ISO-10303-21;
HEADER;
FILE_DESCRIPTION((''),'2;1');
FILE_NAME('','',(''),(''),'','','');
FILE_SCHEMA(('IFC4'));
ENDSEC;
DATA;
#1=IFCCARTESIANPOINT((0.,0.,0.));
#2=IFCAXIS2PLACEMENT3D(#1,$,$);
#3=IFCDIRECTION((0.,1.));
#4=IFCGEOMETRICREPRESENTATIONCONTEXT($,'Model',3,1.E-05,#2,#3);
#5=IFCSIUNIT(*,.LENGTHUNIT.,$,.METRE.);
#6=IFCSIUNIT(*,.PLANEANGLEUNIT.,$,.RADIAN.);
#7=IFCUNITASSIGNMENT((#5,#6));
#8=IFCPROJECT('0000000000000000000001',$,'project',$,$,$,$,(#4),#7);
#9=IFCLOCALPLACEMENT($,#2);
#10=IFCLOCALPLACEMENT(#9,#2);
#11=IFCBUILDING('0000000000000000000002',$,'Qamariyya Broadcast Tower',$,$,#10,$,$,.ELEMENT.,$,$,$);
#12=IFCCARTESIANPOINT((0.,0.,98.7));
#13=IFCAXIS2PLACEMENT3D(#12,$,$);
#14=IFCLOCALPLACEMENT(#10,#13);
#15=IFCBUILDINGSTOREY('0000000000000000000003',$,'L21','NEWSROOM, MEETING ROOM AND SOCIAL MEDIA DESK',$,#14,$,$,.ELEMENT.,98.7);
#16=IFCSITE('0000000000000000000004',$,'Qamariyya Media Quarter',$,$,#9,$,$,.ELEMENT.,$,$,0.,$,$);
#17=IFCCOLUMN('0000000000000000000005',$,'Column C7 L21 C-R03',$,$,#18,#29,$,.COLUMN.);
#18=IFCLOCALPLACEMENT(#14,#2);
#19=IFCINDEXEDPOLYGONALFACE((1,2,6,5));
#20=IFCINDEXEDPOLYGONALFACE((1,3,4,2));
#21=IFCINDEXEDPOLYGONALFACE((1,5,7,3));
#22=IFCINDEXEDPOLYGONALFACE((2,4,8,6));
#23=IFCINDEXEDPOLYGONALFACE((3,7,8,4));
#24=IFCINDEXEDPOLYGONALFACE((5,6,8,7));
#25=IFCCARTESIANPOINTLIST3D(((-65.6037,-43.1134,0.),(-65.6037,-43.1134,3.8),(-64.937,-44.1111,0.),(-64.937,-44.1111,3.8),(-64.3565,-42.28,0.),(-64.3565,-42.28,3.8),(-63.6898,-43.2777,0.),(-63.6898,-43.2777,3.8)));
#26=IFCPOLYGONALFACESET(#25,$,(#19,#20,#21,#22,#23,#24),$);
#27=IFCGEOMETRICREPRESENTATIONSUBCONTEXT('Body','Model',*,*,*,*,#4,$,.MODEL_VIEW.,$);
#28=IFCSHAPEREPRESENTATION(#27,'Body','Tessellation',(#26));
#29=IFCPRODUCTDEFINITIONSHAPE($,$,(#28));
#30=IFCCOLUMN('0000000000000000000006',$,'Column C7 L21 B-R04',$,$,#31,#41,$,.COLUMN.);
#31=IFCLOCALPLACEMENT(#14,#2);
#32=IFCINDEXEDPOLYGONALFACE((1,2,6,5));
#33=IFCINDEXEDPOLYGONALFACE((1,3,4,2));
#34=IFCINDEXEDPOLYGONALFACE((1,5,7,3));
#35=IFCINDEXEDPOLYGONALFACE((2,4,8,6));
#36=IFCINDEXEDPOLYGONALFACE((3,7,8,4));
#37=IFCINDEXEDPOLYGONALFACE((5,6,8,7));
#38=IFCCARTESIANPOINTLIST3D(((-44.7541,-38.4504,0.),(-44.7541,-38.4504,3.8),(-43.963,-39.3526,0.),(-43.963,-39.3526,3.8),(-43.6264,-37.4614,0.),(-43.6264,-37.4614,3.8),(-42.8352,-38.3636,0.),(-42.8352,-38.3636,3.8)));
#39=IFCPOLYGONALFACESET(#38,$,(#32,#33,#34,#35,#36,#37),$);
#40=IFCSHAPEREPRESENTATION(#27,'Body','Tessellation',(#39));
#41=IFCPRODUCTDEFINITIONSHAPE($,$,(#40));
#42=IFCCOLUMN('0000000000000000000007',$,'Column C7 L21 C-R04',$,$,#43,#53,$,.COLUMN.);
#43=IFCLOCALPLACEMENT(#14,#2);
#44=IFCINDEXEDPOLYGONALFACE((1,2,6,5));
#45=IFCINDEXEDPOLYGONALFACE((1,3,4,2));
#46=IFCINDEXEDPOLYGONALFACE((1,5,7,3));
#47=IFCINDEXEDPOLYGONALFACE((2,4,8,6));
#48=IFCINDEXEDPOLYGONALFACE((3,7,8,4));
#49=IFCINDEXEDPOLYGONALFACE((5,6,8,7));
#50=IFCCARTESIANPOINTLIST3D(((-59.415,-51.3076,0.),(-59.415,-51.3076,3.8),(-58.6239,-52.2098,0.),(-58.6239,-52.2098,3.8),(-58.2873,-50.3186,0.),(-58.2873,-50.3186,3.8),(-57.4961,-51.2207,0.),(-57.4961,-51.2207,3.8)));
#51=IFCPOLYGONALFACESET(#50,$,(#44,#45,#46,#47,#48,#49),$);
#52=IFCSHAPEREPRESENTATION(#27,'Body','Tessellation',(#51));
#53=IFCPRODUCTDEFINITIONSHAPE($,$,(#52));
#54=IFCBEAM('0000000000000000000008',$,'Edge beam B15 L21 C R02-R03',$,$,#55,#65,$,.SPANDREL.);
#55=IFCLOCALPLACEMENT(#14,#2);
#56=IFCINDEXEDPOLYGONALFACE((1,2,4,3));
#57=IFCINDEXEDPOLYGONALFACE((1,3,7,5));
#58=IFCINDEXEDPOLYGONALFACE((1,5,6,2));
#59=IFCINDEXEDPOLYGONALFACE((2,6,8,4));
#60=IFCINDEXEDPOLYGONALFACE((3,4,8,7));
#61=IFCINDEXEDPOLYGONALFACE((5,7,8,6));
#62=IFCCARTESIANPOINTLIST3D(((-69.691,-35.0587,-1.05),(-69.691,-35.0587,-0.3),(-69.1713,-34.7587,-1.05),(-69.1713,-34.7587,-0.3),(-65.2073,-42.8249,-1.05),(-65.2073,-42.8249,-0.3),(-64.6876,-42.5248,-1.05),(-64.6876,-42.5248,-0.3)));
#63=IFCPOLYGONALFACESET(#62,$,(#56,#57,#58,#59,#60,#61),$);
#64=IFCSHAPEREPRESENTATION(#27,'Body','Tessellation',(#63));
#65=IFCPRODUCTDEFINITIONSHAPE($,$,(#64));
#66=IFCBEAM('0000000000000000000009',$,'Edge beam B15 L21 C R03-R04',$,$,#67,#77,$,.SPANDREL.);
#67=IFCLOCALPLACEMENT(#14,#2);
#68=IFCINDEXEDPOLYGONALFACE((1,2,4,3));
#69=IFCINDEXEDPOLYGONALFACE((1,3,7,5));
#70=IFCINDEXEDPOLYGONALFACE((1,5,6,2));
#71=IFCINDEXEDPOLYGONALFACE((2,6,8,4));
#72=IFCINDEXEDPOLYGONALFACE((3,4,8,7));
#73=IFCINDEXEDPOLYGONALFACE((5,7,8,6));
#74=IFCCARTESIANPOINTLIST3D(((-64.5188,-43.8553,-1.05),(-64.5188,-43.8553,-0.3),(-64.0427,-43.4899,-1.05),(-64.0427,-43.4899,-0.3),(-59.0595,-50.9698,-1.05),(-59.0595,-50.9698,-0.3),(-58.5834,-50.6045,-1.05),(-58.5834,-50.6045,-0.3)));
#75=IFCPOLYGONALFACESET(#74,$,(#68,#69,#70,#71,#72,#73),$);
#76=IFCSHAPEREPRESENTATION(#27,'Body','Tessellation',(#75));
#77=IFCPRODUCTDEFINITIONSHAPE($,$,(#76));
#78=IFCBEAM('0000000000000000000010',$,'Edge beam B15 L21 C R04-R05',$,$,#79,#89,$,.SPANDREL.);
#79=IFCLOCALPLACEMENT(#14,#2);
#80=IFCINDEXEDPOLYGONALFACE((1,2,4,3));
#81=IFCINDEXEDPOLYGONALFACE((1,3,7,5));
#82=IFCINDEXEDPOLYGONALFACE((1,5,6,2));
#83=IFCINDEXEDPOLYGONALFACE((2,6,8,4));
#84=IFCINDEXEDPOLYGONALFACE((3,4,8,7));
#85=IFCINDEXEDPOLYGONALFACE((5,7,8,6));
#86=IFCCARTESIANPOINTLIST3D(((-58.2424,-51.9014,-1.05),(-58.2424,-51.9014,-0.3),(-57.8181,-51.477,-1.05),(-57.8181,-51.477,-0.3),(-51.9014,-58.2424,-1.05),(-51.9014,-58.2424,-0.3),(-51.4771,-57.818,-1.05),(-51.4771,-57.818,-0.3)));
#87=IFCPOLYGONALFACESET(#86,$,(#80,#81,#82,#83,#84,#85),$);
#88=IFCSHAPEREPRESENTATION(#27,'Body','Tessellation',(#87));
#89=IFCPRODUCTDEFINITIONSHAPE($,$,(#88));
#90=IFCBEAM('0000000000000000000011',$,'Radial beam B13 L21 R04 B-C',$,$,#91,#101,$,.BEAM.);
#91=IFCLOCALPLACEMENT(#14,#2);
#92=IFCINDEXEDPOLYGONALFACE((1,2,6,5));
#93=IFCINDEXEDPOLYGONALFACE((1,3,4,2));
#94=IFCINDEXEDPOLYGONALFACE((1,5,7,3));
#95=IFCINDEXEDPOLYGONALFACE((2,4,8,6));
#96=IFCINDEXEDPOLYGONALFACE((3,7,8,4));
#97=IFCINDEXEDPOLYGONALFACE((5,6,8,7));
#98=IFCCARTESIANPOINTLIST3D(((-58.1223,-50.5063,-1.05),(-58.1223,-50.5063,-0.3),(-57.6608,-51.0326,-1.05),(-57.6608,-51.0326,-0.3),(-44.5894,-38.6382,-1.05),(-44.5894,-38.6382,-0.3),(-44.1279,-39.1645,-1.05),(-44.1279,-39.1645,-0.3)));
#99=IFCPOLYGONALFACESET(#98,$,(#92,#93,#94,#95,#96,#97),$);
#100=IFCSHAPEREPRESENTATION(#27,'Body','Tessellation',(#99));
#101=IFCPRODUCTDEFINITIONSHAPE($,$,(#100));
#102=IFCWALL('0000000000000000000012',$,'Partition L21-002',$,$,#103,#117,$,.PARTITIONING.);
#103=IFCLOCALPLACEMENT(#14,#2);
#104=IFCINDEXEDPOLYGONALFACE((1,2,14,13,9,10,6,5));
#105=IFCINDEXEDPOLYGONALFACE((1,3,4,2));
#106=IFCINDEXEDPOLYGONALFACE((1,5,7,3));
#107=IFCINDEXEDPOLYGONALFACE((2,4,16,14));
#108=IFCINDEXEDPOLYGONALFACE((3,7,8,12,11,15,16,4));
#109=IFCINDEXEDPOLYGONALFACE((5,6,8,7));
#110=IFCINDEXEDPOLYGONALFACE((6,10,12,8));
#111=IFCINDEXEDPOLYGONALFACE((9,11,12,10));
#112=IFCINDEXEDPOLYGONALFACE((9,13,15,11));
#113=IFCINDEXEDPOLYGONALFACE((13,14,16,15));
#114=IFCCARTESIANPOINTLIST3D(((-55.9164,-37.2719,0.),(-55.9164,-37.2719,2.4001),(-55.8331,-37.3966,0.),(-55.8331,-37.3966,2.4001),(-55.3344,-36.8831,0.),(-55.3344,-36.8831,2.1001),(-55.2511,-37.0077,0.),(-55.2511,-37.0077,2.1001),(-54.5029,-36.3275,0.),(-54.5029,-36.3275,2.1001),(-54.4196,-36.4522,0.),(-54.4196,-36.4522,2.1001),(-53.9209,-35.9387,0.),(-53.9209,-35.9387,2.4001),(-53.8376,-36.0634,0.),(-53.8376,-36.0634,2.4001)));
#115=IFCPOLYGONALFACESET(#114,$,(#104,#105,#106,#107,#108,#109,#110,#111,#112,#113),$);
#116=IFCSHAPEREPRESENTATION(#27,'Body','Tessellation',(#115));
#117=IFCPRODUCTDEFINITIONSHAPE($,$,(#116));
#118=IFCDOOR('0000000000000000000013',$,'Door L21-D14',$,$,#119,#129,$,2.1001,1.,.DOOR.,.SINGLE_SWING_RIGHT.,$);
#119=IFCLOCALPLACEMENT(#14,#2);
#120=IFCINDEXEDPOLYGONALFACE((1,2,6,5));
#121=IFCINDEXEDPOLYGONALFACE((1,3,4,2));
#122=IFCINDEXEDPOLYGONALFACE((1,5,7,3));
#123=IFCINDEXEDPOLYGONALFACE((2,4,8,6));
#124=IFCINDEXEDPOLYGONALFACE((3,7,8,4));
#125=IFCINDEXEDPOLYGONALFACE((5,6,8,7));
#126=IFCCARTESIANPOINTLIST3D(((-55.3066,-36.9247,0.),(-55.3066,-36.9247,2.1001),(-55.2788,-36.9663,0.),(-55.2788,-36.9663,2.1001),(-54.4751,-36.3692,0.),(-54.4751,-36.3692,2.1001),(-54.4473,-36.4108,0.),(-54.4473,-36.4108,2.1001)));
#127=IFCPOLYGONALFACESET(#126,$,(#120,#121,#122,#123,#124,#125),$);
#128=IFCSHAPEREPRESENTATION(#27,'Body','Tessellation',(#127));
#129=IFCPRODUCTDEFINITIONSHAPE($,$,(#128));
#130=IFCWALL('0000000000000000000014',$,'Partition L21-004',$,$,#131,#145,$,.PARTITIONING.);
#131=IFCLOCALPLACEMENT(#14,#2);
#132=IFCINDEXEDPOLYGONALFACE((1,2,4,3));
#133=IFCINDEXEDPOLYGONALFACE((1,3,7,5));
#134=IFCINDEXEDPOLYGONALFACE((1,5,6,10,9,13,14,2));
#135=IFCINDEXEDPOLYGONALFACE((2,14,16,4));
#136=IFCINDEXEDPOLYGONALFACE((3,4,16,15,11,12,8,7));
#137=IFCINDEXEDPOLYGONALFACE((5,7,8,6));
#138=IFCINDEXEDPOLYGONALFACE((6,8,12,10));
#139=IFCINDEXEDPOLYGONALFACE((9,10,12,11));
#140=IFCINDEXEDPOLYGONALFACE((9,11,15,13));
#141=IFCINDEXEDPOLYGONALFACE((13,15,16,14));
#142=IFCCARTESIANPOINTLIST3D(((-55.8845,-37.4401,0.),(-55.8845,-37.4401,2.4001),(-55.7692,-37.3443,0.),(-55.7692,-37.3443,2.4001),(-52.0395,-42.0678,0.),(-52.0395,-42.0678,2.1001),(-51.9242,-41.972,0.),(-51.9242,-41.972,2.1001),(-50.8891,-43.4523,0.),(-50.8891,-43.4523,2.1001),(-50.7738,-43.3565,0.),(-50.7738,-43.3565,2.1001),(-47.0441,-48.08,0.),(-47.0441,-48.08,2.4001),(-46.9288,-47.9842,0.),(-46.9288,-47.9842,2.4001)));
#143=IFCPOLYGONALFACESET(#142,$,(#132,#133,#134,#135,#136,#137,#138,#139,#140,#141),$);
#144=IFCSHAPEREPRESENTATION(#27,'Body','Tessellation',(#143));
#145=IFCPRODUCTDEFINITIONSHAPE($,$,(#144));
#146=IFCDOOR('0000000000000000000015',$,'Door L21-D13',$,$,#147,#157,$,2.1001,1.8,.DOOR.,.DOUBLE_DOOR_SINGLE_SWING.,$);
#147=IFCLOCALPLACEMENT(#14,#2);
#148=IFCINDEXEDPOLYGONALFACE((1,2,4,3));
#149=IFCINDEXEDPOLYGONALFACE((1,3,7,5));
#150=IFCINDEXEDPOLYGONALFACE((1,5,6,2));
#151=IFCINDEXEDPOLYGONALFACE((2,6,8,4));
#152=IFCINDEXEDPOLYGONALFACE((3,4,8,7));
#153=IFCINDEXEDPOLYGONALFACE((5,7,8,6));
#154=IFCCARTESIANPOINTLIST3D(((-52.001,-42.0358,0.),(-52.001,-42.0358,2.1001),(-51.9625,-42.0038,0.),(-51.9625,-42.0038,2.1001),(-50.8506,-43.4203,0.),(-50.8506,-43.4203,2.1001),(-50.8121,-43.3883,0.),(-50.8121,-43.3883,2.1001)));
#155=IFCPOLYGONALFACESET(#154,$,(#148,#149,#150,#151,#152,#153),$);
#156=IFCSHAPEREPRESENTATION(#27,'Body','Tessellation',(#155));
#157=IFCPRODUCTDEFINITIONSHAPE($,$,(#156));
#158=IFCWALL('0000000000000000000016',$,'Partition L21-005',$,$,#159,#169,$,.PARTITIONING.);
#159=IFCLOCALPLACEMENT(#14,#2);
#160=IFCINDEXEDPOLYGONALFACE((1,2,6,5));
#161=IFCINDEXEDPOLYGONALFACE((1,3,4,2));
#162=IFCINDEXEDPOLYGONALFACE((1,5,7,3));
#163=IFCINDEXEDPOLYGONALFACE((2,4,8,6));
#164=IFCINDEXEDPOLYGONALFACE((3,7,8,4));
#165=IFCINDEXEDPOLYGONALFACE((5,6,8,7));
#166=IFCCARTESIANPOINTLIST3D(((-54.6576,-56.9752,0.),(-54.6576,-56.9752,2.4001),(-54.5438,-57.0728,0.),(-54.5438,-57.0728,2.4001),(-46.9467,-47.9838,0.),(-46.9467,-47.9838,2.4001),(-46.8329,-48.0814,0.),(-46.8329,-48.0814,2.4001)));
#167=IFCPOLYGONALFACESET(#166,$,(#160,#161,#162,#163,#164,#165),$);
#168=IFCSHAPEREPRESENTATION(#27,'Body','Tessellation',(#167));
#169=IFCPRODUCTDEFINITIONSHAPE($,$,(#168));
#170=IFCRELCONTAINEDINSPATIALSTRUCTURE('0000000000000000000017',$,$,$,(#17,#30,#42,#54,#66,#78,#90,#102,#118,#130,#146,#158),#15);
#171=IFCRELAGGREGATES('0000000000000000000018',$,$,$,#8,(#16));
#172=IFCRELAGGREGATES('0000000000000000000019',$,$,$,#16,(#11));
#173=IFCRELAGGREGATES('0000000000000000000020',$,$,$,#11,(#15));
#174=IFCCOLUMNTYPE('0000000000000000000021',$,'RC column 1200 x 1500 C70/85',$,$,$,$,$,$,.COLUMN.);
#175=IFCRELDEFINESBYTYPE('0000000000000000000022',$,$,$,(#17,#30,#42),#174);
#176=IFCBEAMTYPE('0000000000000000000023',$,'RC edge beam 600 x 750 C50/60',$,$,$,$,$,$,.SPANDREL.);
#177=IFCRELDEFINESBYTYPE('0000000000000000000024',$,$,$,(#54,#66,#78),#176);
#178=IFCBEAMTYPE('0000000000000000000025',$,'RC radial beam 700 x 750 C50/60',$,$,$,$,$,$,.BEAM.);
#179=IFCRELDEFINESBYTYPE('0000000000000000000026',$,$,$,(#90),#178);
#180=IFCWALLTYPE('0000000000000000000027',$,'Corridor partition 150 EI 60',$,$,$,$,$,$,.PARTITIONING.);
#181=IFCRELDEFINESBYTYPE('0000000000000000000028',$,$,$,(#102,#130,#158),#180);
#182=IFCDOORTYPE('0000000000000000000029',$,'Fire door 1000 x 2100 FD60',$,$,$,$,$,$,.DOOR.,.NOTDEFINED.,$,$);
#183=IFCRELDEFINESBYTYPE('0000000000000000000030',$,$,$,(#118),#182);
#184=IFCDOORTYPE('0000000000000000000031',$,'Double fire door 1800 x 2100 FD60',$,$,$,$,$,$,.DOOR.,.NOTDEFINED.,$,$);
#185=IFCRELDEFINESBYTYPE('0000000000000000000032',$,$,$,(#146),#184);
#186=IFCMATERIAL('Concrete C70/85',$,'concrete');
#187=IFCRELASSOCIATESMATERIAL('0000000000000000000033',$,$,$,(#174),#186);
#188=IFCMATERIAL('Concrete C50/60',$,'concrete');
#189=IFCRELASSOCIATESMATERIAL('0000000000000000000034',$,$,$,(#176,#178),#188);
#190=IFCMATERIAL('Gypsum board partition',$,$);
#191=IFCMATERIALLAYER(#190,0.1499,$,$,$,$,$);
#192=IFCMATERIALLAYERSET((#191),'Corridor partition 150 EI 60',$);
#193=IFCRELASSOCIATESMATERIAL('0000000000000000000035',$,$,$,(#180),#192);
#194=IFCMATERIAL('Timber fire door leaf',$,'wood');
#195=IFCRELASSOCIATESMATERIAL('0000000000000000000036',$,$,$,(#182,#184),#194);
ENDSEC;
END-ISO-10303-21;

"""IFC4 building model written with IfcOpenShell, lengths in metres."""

from ifc_helpers import new_model, si_unit, direction, frame, frame_2d, origin, origin_2d, place, context, subcontext, project, spatial, rectangle, extrude, material, layer, layer_set, material_profile, profile_set, type_object, element, fill, save


model = new_model("IFC4")

# Units and contexts
model_context = context("Model", 3, precision=1e-05, world=origin(), true_north=direction((0.0, 1.0)))
body_context = subcontext(model_context, "Body", "Model", "MODEL_VIEW")
ifc_project = project(units=[si_unit("LENGTHUNIT", "METRE"), si_unit("PLANEANGLEUNIT", "RADIAN")], contexts=[model_context])

# Site, building, storey
site_placement = place(None, origin())
site = spatial("IfcSite", under=ifc_project, at=site_placement, Name="Qamariyya Media Quarter", CompositionType="ELEMENT", RefElevation=0.0)
building_placement = place(site_placement, origin())
building = spatial("IfcBuilding", under=site, at=building_placement, Name="Qamariyya Broadcast Tower", CompositionType="ELEMENT")
storey_placement = place(building_placement, frame((0.0, 0.0, 98.7)))
storey = spatial("IfcBuildingStorey", under=building, at=storey_placement, Name="L21", Description="NEWSROOM, MEETING ROOM AND SOCIAL MEDIA DESK", CompositionType="ELEMENT", Elevation=98.7)

# Columns
ifc_material_1 = material(Name="Concrete C70/85", Category="concrete")
ifc_material_profile_1 = material_profile(ifc_material_1, rectangle(XDim=1.2, YDim=1.5, at=origin_2d()))
ifc_profile_set_1 = profile_set([ifc_material_profile_1], Name="Concrete C70/85")
column_type = type_object("IfcColumnType", Name="RC column 1200 x 1500 C70/85", PredefinedType="COLUMN", material=ifc_profile_set_1)
for number, where, z_axis, x_axis, name in (
    (1, (-64.6467, -43.1956, 0.0), (0.0, 0.0, 1.0), (0.55557, -0.83147, 0.0), "Column C7 L21 C-R03"),
    (2, (-43.7947, -38.407, 0.0), (0.0, 0.0, 1.0), (0.659346, -0.75184, 0.0), "Column C7 L21 B-R04"),
    (3, (-58.4556, -51.2642, 0.0), (0.0, 0.0, 1.0), (0.659346, -0.75184, 0.0), "Column C7 L21 C-R04"),
):
    element("IfcColumn", number, at=place(storey_placement, frame(where, z_axis=z_axis, x_axis=x_axis)), inside=storey, type_object=column_type, Name=name, PredefinedType="COLUMN", context=body_context, shape_type="SweptSolid", body=[
        extrude(rectangle(XDim=1.2, YDim=1.5, at=origin_2d()), origin(), (0.0, 0.0, 1.0), 3.8),
    ])

# Beams
ifc_material_2 = material(Name="Concrete C50/60", Category="concrete")
ifc_material_profile_2 = material_profile(ifc_material_2, rectangle(XDim=0.6001, YDim=0.75, at=origin_2d()))
ifc_profile_set_2 = profile_set([ifc_material_profile_2], Name="Concrete C50/60")
beam_type_1 = type_object("IfcBeamType", Name="RC edge beam 600 x 750 C50/60", PredefinedType="SPANDREL", material=ifc_profile_set_2)
beam_1_placement = place(storey_placement, frame((-69.4312, -34.9087, -0.675), z_axis=(0.49999, -0.866031, 0.0), x_axis=(0.866031, 0.49999, 0.0)))
element("IfcBeam", 4, at=beam_1_placement, inside=storey, type_object=beam_type_1, Name="Edge beam B15 L21 C R02-R03", PredefinedType="SPANDREL", context=body_context, shape_type="SweptSolid", body=[
    extrude(rectangle(XDim=0.6001, YDim=0.75, at=origin_2d()), origin(), (0.0, 0.0, 1.0), 8.9675),
])
beam_2_placement = place(storey_placement, frame((-64.2808, -43.6726, -0.675), z_axis=(0.608767, -0.793349, 0.0), x_axis=(0.793349, 0.608767, 0.0)))
element("IfcBeam", 5, at=beam_2_placement, inside=storey, type_object=beam_type_1, Name="Edge beam B15 L21 C R03-R04", PredefinedType="SPANDREL", context=body_context, shape_type="SweptSolid", body=[
    extrude(rectangle(XDim=0.6001, YDim=0.75, at=origin_2d()), origin(), (0.0, 0.0, 1.0), 8.9678),
])
beam_3_placement = place(storey_placement, frame((-58.0303, -51.6892, -0.675), z_axis=(0.707107, -0.707107, 0.0), x_axis=(0.707107, 0.707107, 0.0)))
element("IfcBeam", 6, at=beam_3_placement, inside=storey, type_object=beam_type_1, Name="Edge beam B15 L21 C R04-R05", PredefinedType="SPANDREL", context=body_context, shape_type="SweptSolid", body=[
    extrude(rectangle(XDim=0.6001, YDim=0.75, at=origin_2d()), origin(), (0.0, 0.0, 1.0), 8.9675),
])
ifc_material_profile_3 = material_profile(ifc_material_2, rectangle(XDim=0.7, YDim=0.75, at=origin_2d()))
ifc_profile_set_3 = profile_set([ifc_material_profile_3], Name="Concrete C50/60")
beam_type_2 = type_object("IfcBeamType", Name="RC radial beam 700 x 750 C50/60", PredefinedType="BEAM", material=ifc_profile_set_3)
beam_4_placement = place(storey_placement, frame((-44.3586, -38.9014, -0.675), z_axis=(-0.751838, -0.659348, 0.0), x_axis=(0.659348, -0.751838, 0.0)))
element("IfcBeam", 7, at=beam_4_placement, inside=storey, type_object=beam_type_2, Name="Radial beam B13 L21 R04 B-C", PredefinedType="BEAM", context=body_context, shape_type="SweptSolid", body=[
    extrude(rectangle(XDim=0.7, YDim=0.75, at=origin_2d()), origin(), (0.0, 0.0, 1.0), 17.9998),
])

# Walls, openings, doors
ifc_material_3 = material(Name="Gypsum board partition")
ifc_layer_1 = layer(ifc_material_3, 0.1499)
ifc_layer_set_1 = layer_set([ifc_layer_1], Name="Corridor partition 150 EI 60")
wall_type_1 = type_object("IfcWallType", Name="Corridor partition 150 EI 60", PredefinedType="PARTITIONING", material=ifc_layer_set_1)
wall_1_placement = place(storey_placement, frame((-55.8748, -37.3342, 0.0), z_axis=(0.0, 0.0, 1.0), x_axis=(0.831502, 0.555522, 0.0)))
wall_1 = element("IfcWall", 8, at=wall_1_placement, inside=storey, type_object=wall_type_1, Name="Partition L21-002", PredefinedType="PARTITIONING", context=body_context, shape_type="SweptSolid", body=[
    extrude(rectangle(XDim=2.3999, YDim=0.1499, at=frame_2d((1.2, 0.0))), origin(), (0.0, 0.0, 1.0), 2.4001),
])
opening_1_placement = place(wall_1_placement, frame((0.7, 0.0, 0.0)))
opening_1 = element("IfcOpeningElement", 9, at=opening_1_placement, cuts=wall_1, PredefinedType="OPENING", context=body_context, shape_type="SweptSolid", body=[
    extrude(rectangle(XDim=1.0, YDim=2.1001, at=frame_2d((0.5, 1.05))), frame((0.0, 0.085, 0.0), z_axis=(0.0, -1.0, 0.0), x_axis=(1.0, 0.0, 0.0)), (0.0, 0.0, 1.0), 0.1699),
])
ifc_material_4 = material(Name="Timber fire door leaf", Category="wood")
door_type_1 = type_object("IfcDoorType", Name="Fire door 1000 x 2100 FD60", OperationType="NOTDEFINED", PredefinedType="DOOR", material=ifc_material_4)
door_1_placement = place(opening_1_placement, origin())
door_1 = element("IfcDoor", 10, at=door_1_placement, inside=storey, type_object=door_type_1, Name="Door L21-D14", OperationType="SINGLE_SWING_RIGHT", OverallHeight=2.1001, OverallWidth=1.0, PredefinedType="DOOR", context=body_context, shape_type="SweptSolid", body=[
    extrude(rectangle(XDim=1.0, YDim=2.1001, at=frame_2d((0.5, 1.05))), frame((0.0, 0.0249, 0.0), z_axis=(0.0, -1.0, 0.0), x_axis=(1.0, 0.0, 0.0)), (0.0, 0.0, 1.0), 0.05),
])
fill(opening_1, door_1)
wall_2_placement = place(storey_placement, frame((-46.9866, -48.032, 0.0), z_axis=(0.0, 0.0, 1.0), x_axis=(-0.639064, 0.769154, 0.0)))
wall_2 = element("IfcWall", 11, at=wall_2_placement, inside=storey, type_object=wall_type_1, Name="Partition L21-004", PredefinedType="PARTITIONING", context=body_context, shape_type="SweptSolid", body=[
    extrude(rectangle(XDim=13.8333, YDim=0.1499, at=frame_2d((6.9165, 0.0))), origin(), (0.0, 0.0, 1.0), 2.4001),
])
opening_2_placement = place(wall_2_placement, frame((6.0166, 0.0, 0.0)))
opening_2 = element("IfcOpeningElement", 12, at=opening_2_placement, cuts=wall_2, PredefinedType="OPENING", context=body_context, shape_type="SweptSolid", body=[
    extrude(rectangle(XDim=1.8, YDim=2.1001, at=frame_2d((0.8999, 1.05))), frame((0.0, 0.085, 0.0), z_axis=(0.0, -1.0, 0.0), x_axis=(1.0, 0.0, 0.0)), (0.0, 0.0, 1.0), 0.1699),
])
door_type_2 = type_object("IfcDoorType", Name="Double fire door 1800 x 2100 FD60", OperationType="NOTDEFINED", PredefinedType="DOOR", material=ifc_material_4)
door_2_placement = place(opening_2_placement, origin())
door_2 = element("IfcDoor", 13, at=door_2_placement, inside=storey, type_object=door_type_2, Name="Door L21-D13", OperationType="DOUBLE_DOOR_SINGLE_SWING", OverallHeight=2.1001, OverallWidth=1.8, PredefinedType="DOOR", context=body_context, shape_type="SweptSolid", body=[
    extrude(rectangle(XDim=1.8, YDim=2.1001, at=frame_2d((0.8999, 1.05))), frame((0.0, 0.0249, 0.0), z_axis=(0.0, -1.0, 0.0), x_axis=(1.0, 0.0, 0.0)), (0.0, 0.0, 1.0), 0.05),
])
fill(opening_2, door_2)

# Wall
wall_3_placement = place(storey_placement, frame((-46.8899, -48.0327, 0.0), z_axis=(0.0, 0.0, 1.0), x_axis=(-0.650985, -0.759091, 0.0)))
element("IfcWall", 14, at=wall_3_placement, inside=storey, type_object=wall_type_1, Name="Partition L21-005", PredefinedType="PARTITIONING", context=body_context, shape_type="SweptSolid", body=[
    extrude(rectangle(XDim=11.845, YDim=0.1499, at=frame_2d((5.9224, 0.0))), origin(), (0.0, 0.0, 1.0), 2.4001),
])

save(model, "model.ifc")
